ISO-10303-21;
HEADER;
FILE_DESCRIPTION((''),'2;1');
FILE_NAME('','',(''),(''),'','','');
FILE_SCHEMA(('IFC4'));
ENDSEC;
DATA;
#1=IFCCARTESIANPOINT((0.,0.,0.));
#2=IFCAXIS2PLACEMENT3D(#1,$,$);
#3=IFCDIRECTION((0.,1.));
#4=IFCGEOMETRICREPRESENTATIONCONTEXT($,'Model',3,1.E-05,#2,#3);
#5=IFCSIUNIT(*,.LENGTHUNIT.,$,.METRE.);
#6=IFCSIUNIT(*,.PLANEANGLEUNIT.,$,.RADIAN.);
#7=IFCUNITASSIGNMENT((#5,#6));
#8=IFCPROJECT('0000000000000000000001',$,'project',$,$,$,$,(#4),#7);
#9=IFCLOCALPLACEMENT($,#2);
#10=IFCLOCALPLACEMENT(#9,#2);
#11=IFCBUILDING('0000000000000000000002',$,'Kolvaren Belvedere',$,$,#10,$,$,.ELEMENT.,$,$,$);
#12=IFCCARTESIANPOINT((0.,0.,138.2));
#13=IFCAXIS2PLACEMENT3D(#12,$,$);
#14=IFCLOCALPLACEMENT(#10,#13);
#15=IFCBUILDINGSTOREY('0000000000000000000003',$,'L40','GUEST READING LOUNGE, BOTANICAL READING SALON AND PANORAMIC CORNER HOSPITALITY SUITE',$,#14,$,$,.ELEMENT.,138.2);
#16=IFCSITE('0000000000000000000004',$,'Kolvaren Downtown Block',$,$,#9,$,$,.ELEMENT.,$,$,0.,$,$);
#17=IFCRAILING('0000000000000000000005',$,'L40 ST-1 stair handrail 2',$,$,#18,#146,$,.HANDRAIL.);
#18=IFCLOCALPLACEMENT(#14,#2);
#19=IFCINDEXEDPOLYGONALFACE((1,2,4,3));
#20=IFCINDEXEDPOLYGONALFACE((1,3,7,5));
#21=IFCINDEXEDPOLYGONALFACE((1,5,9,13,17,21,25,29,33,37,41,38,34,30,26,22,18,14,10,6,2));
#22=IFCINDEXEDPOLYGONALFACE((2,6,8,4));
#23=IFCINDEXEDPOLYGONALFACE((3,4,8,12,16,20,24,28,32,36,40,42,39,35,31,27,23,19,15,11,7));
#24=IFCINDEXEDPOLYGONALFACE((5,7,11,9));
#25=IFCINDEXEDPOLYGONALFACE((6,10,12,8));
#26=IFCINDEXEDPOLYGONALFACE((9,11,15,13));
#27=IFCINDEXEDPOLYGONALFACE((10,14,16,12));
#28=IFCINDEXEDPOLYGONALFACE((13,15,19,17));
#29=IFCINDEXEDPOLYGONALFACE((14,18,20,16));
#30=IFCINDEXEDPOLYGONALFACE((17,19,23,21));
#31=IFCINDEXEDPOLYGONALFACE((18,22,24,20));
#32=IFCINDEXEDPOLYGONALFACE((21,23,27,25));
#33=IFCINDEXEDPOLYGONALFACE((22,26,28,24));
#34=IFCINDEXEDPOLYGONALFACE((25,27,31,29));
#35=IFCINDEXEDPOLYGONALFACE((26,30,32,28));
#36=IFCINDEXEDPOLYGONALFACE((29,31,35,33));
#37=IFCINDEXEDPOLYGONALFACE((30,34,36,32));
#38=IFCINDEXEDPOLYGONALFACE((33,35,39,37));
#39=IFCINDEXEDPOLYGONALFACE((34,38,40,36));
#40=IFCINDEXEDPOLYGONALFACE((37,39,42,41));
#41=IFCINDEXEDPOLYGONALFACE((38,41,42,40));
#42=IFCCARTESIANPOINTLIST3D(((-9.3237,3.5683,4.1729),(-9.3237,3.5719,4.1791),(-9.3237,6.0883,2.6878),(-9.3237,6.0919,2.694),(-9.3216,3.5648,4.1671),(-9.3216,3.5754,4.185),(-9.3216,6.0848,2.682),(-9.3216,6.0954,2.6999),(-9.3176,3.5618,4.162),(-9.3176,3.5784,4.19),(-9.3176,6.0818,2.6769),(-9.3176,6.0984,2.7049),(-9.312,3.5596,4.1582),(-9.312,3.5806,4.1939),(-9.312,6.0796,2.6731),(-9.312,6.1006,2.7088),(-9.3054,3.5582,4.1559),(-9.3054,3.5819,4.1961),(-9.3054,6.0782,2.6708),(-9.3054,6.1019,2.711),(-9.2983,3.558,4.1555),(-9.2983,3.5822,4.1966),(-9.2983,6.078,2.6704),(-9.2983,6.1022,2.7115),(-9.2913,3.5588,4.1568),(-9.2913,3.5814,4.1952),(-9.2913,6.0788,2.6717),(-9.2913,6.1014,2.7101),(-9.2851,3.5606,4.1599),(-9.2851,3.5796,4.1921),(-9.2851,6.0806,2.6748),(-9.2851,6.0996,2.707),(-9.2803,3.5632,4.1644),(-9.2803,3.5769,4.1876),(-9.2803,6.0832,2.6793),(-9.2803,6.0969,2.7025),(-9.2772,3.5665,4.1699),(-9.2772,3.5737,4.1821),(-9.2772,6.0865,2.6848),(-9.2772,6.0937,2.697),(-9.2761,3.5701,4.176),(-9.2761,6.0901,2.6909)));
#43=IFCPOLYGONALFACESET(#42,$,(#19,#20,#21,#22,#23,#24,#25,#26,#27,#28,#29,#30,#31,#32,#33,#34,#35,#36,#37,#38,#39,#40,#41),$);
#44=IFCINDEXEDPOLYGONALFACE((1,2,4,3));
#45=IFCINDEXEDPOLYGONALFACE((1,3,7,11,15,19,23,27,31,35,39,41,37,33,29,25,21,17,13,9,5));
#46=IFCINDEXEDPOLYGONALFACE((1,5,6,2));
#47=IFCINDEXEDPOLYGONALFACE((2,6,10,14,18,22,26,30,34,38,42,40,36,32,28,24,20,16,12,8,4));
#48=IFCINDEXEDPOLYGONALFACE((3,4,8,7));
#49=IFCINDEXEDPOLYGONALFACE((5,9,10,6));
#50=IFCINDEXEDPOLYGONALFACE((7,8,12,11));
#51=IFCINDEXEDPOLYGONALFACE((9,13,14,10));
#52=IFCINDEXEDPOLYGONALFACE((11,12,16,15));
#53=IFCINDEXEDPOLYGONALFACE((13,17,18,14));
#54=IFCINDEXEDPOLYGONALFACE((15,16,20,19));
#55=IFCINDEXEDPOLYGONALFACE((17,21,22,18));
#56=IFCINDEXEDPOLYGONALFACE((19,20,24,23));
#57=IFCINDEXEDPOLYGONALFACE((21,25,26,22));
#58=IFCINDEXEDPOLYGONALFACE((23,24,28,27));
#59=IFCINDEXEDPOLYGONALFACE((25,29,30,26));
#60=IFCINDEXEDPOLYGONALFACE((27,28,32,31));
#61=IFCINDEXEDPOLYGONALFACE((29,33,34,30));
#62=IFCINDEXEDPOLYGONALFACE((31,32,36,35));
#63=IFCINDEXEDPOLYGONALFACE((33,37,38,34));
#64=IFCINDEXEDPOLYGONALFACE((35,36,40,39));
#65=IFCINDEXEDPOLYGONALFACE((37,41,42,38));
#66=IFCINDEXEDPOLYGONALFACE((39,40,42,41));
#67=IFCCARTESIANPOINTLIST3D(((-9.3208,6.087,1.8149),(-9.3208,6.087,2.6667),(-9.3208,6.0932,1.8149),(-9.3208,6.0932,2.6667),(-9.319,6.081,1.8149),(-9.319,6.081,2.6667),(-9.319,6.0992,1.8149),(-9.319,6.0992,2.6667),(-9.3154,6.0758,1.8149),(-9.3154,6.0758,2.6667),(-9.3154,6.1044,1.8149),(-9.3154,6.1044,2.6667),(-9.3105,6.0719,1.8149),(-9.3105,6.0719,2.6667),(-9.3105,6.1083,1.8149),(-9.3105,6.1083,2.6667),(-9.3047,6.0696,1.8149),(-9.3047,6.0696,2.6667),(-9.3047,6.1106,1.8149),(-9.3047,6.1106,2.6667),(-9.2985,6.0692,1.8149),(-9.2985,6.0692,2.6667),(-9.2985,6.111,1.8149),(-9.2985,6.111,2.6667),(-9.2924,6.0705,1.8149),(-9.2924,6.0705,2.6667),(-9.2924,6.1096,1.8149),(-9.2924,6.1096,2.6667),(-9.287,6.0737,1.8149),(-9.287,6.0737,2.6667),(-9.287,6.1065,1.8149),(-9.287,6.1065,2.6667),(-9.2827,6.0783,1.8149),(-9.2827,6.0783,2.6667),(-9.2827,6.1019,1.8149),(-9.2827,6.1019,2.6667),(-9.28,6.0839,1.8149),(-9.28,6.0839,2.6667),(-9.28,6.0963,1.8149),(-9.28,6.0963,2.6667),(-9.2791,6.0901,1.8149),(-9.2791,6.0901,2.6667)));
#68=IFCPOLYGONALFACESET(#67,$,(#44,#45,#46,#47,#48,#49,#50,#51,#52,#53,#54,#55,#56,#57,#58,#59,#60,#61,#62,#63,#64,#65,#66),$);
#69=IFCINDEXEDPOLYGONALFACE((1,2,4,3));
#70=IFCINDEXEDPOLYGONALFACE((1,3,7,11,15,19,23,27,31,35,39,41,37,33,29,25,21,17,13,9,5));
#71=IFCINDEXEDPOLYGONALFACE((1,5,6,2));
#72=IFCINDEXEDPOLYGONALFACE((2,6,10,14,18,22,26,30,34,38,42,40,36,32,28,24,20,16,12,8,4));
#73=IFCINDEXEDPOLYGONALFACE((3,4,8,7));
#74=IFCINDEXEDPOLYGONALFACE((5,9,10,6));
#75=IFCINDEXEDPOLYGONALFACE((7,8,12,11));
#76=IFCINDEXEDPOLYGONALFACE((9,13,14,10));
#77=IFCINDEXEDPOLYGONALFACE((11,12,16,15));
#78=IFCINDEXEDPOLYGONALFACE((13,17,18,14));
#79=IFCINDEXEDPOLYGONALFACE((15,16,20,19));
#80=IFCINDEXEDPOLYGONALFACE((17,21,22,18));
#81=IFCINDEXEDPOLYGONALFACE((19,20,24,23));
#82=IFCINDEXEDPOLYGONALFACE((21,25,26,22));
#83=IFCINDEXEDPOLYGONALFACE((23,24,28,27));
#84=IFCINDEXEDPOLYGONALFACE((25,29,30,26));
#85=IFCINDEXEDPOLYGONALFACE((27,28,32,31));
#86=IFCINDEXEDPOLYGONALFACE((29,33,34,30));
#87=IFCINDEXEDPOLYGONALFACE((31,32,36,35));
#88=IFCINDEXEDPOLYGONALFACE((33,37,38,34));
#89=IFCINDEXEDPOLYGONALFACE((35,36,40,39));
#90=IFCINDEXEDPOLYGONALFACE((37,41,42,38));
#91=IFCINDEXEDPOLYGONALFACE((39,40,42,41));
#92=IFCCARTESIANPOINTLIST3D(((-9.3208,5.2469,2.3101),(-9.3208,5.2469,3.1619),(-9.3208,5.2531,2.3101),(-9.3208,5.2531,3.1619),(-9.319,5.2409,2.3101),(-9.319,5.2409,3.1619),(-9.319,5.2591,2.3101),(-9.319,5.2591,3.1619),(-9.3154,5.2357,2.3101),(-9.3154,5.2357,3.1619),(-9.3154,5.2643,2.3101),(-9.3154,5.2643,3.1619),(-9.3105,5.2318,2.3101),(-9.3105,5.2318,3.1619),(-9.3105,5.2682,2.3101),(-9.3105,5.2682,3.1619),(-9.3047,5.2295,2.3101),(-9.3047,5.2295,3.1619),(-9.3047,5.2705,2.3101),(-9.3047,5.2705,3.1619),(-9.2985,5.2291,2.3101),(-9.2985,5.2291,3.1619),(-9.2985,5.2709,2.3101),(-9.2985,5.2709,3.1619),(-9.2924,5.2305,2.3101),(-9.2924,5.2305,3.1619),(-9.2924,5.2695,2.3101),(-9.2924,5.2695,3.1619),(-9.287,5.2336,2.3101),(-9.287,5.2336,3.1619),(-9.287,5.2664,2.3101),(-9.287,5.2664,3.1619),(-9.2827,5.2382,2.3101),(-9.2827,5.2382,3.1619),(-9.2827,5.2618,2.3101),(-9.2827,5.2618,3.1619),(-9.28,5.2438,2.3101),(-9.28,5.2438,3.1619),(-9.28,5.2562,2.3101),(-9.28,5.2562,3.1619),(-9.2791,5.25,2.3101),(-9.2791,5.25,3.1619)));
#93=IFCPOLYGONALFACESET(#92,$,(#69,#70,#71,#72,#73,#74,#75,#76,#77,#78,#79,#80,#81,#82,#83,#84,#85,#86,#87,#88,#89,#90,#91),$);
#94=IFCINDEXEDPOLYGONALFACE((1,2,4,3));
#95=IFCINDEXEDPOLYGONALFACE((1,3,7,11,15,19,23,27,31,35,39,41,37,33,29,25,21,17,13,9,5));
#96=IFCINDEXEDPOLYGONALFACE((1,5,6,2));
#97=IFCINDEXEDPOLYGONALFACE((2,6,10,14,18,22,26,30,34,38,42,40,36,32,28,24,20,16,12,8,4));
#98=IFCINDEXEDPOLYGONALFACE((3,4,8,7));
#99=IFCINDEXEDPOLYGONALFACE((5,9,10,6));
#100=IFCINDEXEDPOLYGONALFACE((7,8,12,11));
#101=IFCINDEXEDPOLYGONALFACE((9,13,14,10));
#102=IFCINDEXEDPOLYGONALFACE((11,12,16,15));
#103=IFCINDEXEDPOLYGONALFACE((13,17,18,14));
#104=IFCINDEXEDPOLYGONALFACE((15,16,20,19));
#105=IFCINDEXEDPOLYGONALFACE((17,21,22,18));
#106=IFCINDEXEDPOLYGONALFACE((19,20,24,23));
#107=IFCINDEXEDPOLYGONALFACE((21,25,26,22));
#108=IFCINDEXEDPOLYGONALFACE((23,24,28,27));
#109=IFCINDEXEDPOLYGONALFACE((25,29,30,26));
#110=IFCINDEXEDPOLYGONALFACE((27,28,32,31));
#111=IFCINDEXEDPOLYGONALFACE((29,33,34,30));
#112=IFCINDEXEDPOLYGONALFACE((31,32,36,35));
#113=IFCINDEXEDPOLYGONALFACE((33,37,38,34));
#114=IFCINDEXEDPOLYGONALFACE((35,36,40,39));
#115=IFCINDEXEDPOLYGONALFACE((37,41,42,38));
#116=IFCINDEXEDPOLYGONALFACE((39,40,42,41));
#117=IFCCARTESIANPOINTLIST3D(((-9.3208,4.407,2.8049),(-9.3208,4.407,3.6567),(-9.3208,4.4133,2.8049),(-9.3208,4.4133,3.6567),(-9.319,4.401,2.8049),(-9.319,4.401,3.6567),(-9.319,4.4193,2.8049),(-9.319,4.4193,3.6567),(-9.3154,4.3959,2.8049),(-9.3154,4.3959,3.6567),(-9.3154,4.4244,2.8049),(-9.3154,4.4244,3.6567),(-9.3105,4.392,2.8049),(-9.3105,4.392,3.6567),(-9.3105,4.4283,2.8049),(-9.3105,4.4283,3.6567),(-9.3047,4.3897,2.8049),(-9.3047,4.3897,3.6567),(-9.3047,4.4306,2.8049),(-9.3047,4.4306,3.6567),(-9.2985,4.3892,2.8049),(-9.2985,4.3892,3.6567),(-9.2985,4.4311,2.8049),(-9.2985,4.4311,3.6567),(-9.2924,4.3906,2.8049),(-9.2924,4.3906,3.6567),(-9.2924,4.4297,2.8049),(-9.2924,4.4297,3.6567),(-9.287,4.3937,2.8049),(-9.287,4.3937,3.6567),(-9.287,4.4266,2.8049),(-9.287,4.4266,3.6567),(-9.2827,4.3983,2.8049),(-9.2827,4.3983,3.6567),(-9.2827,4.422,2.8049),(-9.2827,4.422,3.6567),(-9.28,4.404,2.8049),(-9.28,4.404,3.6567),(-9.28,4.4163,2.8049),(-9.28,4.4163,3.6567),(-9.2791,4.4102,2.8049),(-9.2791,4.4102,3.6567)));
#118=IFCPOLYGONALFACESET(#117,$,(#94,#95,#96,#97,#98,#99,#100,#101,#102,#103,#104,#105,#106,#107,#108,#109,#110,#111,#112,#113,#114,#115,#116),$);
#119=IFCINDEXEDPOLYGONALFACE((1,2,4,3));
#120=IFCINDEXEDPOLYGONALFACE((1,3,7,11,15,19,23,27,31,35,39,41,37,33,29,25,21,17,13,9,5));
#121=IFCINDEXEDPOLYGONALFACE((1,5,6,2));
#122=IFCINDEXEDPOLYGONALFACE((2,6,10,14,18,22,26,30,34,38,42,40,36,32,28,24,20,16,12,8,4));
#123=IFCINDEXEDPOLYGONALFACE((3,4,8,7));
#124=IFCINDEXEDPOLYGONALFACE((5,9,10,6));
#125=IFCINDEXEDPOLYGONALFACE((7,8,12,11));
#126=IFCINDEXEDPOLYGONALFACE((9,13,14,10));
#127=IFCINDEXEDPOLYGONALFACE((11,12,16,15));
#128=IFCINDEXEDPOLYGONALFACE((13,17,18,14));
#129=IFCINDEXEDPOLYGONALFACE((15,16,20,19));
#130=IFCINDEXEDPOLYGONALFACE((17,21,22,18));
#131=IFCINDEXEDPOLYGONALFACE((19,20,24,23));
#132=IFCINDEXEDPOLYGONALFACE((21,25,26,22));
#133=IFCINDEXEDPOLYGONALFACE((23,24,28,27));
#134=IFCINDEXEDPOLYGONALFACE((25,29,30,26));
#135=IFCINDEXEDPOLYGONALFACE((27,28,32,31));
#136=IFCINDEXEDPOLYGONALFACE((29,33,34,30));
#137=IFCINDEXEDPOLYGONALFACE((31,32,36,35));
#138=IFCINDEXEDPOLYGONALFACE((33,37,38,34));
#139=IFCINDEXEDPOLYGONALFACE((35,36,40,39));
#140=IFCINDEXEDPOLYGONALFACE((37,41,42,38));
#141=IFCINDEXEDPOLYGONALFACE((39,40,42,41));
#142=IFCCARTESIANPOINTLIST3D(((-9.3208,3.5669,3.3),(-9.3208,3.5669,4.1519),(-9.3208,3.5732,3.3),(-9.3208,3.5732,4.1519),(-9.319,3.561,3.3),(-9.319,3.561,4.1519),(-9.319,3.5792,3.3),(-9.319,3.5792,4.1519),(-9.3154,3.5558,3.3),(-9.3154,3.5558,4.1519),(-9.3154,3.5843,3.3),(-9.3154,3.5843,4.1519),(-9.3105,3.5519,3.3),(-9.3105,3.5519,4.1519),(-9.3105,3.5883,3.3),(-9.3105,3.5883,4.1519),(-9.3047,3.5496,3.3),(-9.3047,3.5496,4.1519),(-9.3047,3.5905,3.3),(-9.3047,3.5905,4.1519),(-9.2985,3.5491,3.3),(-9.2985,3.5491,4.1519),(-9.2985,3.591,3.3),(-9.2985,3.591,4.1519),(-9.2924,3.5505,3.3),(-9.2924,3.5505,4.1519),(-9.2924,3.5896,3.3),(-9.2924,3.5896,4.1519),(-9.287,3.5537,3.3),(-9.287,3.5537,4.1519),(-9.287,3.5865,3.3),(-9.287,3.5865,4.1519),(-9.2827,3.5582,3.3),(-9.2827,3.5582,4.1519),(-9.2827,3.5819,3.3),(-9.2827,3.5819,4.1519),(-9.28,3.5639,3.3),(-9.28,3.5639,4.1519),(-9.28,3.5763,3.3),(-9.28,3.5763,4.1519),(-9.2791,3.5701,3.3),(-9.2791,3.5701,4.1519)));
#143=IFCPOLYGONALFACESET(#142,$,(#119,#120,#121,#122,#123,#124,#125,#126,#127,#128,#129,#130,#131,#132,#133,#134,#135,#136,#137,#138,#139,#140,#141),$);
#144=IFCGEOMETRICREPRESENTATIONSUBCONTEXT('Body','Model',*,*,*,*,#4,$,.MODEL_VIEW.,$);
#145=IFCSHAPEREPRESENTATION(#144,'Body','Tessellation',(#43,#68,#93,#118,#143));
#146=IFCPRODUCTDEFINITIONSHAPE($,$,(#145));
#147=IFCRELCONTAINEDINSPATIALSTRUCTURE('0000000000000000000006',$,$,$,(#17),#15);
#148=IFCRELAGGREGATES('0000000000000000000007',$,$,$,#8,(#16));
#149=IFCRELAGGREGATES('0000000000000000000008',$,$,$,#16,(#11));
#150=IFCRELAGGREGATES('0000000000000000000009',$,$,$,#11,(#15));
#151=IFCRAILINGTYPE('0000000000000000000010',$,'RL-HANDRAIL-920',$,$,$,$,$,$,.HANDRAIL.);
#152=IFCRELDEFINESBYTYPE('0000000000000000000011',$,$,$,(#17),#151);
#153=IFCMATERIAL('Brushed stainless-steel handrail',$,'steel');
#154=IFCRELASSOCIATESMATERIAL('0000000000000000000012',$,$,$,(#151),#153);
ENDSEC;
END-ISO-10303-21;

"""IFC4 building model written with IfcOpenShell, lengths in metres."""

from ifc_helpers import new_model, si_unit, direction, frame, origin, origin_2d, place, context, subcontext, project, spatial, circle, extrude, material, type_object, element, save


model = new_model("IFC4")

# Units and contexts
model_context = context("Model", 3, precision=1e-05, world=origin(), true_north=direction((0.0, 1.0)))
body_context = subcontext(model_context, "Body", "Model", "MODEL_VIEW")
ifc_project = project(units=[si_unit("LENGTHUNIT", "METRE"), si_unit("PLANEANGLEUNIT", "RADIAN")], contexts=[model_context])

# Site, building, storey
site_placement = place(None, origin())
site = spatial("IfcSite", under=ifc_project, at=site_placement, Name="Kolvaren Downtown Block", CompositionType="ELEMENT", RefElevation=0.0)
building_placement = place(site_placement, origin())
building = spatial("IfcBuilding", under=site, at=building_placement, Name="Kolvaren Belvedere", CompositionType="ELEMENT")
storey_placement = place(building_placement, frame((0.0, 0.0, 138.2)))
storey = spatial("IfcBuildingStorey", under=building, at=storey_placement, Name="L40", Description="GUEST READING LOUNGE, BOTANICAL READING SALON AND PANORAMIC CORNER HOSPITALITY SUITE", CompositionType="ELEMENT", Elevation=138.2)

# Railing
ifc_material_1 = material(Name="Brushed stainless-steel handrail", Category="steel")
railing_type_1 = type_object("IfcRailingType", Name="RL-HANDRAIL-920", PredefinedType="HANDRAIL", material=ifc_material_1)
railing_1_placement = place(storey_placement, frame((-9.3, 6.0901, 1.8149)))
element("IfcRailing", 1, at=railing_1_placement, inside=storey, type_object=railing_type_1, Name="L40 ST-1 stair handrail 2", PredefinedType="HANDRAIL", context=body_context, shape_type="SweptSolid", body=[
    extrude(circle(Radius=0.0239, at=origin_2d()), frame((0.0, 0.0, 0.876), z_axis=(0.0, -0.861524, 0.507717), x_axis=(1.0, 0.0, 0.0)), (0.0, 0.0, 1.0), 2.925),
    extrude(circle(Radius=0.021, at=origin_2d()), origin(), (0.0, 0.0, 1.0), 0.8518),
    extrude(circle(Radius=0.021, at=origin_2d()), frame((0.0, -0.8401, 0.4951)), (0.0, 0.0, 1.0), 0.8518),
    extrude(circle(Radius=0.021, at=origin_2d()), frame((0.0, -1.6799, 0.99)), (0.0, 0.0, 1.0), 0.8518),
    extrude(circle(Radius=0.021, at=origin_2d()), frame((0.0, -2.52, 1.4851)), (0.0, 0.0, 1.0), 0.8518),
])

save(model, "model.ifc")
